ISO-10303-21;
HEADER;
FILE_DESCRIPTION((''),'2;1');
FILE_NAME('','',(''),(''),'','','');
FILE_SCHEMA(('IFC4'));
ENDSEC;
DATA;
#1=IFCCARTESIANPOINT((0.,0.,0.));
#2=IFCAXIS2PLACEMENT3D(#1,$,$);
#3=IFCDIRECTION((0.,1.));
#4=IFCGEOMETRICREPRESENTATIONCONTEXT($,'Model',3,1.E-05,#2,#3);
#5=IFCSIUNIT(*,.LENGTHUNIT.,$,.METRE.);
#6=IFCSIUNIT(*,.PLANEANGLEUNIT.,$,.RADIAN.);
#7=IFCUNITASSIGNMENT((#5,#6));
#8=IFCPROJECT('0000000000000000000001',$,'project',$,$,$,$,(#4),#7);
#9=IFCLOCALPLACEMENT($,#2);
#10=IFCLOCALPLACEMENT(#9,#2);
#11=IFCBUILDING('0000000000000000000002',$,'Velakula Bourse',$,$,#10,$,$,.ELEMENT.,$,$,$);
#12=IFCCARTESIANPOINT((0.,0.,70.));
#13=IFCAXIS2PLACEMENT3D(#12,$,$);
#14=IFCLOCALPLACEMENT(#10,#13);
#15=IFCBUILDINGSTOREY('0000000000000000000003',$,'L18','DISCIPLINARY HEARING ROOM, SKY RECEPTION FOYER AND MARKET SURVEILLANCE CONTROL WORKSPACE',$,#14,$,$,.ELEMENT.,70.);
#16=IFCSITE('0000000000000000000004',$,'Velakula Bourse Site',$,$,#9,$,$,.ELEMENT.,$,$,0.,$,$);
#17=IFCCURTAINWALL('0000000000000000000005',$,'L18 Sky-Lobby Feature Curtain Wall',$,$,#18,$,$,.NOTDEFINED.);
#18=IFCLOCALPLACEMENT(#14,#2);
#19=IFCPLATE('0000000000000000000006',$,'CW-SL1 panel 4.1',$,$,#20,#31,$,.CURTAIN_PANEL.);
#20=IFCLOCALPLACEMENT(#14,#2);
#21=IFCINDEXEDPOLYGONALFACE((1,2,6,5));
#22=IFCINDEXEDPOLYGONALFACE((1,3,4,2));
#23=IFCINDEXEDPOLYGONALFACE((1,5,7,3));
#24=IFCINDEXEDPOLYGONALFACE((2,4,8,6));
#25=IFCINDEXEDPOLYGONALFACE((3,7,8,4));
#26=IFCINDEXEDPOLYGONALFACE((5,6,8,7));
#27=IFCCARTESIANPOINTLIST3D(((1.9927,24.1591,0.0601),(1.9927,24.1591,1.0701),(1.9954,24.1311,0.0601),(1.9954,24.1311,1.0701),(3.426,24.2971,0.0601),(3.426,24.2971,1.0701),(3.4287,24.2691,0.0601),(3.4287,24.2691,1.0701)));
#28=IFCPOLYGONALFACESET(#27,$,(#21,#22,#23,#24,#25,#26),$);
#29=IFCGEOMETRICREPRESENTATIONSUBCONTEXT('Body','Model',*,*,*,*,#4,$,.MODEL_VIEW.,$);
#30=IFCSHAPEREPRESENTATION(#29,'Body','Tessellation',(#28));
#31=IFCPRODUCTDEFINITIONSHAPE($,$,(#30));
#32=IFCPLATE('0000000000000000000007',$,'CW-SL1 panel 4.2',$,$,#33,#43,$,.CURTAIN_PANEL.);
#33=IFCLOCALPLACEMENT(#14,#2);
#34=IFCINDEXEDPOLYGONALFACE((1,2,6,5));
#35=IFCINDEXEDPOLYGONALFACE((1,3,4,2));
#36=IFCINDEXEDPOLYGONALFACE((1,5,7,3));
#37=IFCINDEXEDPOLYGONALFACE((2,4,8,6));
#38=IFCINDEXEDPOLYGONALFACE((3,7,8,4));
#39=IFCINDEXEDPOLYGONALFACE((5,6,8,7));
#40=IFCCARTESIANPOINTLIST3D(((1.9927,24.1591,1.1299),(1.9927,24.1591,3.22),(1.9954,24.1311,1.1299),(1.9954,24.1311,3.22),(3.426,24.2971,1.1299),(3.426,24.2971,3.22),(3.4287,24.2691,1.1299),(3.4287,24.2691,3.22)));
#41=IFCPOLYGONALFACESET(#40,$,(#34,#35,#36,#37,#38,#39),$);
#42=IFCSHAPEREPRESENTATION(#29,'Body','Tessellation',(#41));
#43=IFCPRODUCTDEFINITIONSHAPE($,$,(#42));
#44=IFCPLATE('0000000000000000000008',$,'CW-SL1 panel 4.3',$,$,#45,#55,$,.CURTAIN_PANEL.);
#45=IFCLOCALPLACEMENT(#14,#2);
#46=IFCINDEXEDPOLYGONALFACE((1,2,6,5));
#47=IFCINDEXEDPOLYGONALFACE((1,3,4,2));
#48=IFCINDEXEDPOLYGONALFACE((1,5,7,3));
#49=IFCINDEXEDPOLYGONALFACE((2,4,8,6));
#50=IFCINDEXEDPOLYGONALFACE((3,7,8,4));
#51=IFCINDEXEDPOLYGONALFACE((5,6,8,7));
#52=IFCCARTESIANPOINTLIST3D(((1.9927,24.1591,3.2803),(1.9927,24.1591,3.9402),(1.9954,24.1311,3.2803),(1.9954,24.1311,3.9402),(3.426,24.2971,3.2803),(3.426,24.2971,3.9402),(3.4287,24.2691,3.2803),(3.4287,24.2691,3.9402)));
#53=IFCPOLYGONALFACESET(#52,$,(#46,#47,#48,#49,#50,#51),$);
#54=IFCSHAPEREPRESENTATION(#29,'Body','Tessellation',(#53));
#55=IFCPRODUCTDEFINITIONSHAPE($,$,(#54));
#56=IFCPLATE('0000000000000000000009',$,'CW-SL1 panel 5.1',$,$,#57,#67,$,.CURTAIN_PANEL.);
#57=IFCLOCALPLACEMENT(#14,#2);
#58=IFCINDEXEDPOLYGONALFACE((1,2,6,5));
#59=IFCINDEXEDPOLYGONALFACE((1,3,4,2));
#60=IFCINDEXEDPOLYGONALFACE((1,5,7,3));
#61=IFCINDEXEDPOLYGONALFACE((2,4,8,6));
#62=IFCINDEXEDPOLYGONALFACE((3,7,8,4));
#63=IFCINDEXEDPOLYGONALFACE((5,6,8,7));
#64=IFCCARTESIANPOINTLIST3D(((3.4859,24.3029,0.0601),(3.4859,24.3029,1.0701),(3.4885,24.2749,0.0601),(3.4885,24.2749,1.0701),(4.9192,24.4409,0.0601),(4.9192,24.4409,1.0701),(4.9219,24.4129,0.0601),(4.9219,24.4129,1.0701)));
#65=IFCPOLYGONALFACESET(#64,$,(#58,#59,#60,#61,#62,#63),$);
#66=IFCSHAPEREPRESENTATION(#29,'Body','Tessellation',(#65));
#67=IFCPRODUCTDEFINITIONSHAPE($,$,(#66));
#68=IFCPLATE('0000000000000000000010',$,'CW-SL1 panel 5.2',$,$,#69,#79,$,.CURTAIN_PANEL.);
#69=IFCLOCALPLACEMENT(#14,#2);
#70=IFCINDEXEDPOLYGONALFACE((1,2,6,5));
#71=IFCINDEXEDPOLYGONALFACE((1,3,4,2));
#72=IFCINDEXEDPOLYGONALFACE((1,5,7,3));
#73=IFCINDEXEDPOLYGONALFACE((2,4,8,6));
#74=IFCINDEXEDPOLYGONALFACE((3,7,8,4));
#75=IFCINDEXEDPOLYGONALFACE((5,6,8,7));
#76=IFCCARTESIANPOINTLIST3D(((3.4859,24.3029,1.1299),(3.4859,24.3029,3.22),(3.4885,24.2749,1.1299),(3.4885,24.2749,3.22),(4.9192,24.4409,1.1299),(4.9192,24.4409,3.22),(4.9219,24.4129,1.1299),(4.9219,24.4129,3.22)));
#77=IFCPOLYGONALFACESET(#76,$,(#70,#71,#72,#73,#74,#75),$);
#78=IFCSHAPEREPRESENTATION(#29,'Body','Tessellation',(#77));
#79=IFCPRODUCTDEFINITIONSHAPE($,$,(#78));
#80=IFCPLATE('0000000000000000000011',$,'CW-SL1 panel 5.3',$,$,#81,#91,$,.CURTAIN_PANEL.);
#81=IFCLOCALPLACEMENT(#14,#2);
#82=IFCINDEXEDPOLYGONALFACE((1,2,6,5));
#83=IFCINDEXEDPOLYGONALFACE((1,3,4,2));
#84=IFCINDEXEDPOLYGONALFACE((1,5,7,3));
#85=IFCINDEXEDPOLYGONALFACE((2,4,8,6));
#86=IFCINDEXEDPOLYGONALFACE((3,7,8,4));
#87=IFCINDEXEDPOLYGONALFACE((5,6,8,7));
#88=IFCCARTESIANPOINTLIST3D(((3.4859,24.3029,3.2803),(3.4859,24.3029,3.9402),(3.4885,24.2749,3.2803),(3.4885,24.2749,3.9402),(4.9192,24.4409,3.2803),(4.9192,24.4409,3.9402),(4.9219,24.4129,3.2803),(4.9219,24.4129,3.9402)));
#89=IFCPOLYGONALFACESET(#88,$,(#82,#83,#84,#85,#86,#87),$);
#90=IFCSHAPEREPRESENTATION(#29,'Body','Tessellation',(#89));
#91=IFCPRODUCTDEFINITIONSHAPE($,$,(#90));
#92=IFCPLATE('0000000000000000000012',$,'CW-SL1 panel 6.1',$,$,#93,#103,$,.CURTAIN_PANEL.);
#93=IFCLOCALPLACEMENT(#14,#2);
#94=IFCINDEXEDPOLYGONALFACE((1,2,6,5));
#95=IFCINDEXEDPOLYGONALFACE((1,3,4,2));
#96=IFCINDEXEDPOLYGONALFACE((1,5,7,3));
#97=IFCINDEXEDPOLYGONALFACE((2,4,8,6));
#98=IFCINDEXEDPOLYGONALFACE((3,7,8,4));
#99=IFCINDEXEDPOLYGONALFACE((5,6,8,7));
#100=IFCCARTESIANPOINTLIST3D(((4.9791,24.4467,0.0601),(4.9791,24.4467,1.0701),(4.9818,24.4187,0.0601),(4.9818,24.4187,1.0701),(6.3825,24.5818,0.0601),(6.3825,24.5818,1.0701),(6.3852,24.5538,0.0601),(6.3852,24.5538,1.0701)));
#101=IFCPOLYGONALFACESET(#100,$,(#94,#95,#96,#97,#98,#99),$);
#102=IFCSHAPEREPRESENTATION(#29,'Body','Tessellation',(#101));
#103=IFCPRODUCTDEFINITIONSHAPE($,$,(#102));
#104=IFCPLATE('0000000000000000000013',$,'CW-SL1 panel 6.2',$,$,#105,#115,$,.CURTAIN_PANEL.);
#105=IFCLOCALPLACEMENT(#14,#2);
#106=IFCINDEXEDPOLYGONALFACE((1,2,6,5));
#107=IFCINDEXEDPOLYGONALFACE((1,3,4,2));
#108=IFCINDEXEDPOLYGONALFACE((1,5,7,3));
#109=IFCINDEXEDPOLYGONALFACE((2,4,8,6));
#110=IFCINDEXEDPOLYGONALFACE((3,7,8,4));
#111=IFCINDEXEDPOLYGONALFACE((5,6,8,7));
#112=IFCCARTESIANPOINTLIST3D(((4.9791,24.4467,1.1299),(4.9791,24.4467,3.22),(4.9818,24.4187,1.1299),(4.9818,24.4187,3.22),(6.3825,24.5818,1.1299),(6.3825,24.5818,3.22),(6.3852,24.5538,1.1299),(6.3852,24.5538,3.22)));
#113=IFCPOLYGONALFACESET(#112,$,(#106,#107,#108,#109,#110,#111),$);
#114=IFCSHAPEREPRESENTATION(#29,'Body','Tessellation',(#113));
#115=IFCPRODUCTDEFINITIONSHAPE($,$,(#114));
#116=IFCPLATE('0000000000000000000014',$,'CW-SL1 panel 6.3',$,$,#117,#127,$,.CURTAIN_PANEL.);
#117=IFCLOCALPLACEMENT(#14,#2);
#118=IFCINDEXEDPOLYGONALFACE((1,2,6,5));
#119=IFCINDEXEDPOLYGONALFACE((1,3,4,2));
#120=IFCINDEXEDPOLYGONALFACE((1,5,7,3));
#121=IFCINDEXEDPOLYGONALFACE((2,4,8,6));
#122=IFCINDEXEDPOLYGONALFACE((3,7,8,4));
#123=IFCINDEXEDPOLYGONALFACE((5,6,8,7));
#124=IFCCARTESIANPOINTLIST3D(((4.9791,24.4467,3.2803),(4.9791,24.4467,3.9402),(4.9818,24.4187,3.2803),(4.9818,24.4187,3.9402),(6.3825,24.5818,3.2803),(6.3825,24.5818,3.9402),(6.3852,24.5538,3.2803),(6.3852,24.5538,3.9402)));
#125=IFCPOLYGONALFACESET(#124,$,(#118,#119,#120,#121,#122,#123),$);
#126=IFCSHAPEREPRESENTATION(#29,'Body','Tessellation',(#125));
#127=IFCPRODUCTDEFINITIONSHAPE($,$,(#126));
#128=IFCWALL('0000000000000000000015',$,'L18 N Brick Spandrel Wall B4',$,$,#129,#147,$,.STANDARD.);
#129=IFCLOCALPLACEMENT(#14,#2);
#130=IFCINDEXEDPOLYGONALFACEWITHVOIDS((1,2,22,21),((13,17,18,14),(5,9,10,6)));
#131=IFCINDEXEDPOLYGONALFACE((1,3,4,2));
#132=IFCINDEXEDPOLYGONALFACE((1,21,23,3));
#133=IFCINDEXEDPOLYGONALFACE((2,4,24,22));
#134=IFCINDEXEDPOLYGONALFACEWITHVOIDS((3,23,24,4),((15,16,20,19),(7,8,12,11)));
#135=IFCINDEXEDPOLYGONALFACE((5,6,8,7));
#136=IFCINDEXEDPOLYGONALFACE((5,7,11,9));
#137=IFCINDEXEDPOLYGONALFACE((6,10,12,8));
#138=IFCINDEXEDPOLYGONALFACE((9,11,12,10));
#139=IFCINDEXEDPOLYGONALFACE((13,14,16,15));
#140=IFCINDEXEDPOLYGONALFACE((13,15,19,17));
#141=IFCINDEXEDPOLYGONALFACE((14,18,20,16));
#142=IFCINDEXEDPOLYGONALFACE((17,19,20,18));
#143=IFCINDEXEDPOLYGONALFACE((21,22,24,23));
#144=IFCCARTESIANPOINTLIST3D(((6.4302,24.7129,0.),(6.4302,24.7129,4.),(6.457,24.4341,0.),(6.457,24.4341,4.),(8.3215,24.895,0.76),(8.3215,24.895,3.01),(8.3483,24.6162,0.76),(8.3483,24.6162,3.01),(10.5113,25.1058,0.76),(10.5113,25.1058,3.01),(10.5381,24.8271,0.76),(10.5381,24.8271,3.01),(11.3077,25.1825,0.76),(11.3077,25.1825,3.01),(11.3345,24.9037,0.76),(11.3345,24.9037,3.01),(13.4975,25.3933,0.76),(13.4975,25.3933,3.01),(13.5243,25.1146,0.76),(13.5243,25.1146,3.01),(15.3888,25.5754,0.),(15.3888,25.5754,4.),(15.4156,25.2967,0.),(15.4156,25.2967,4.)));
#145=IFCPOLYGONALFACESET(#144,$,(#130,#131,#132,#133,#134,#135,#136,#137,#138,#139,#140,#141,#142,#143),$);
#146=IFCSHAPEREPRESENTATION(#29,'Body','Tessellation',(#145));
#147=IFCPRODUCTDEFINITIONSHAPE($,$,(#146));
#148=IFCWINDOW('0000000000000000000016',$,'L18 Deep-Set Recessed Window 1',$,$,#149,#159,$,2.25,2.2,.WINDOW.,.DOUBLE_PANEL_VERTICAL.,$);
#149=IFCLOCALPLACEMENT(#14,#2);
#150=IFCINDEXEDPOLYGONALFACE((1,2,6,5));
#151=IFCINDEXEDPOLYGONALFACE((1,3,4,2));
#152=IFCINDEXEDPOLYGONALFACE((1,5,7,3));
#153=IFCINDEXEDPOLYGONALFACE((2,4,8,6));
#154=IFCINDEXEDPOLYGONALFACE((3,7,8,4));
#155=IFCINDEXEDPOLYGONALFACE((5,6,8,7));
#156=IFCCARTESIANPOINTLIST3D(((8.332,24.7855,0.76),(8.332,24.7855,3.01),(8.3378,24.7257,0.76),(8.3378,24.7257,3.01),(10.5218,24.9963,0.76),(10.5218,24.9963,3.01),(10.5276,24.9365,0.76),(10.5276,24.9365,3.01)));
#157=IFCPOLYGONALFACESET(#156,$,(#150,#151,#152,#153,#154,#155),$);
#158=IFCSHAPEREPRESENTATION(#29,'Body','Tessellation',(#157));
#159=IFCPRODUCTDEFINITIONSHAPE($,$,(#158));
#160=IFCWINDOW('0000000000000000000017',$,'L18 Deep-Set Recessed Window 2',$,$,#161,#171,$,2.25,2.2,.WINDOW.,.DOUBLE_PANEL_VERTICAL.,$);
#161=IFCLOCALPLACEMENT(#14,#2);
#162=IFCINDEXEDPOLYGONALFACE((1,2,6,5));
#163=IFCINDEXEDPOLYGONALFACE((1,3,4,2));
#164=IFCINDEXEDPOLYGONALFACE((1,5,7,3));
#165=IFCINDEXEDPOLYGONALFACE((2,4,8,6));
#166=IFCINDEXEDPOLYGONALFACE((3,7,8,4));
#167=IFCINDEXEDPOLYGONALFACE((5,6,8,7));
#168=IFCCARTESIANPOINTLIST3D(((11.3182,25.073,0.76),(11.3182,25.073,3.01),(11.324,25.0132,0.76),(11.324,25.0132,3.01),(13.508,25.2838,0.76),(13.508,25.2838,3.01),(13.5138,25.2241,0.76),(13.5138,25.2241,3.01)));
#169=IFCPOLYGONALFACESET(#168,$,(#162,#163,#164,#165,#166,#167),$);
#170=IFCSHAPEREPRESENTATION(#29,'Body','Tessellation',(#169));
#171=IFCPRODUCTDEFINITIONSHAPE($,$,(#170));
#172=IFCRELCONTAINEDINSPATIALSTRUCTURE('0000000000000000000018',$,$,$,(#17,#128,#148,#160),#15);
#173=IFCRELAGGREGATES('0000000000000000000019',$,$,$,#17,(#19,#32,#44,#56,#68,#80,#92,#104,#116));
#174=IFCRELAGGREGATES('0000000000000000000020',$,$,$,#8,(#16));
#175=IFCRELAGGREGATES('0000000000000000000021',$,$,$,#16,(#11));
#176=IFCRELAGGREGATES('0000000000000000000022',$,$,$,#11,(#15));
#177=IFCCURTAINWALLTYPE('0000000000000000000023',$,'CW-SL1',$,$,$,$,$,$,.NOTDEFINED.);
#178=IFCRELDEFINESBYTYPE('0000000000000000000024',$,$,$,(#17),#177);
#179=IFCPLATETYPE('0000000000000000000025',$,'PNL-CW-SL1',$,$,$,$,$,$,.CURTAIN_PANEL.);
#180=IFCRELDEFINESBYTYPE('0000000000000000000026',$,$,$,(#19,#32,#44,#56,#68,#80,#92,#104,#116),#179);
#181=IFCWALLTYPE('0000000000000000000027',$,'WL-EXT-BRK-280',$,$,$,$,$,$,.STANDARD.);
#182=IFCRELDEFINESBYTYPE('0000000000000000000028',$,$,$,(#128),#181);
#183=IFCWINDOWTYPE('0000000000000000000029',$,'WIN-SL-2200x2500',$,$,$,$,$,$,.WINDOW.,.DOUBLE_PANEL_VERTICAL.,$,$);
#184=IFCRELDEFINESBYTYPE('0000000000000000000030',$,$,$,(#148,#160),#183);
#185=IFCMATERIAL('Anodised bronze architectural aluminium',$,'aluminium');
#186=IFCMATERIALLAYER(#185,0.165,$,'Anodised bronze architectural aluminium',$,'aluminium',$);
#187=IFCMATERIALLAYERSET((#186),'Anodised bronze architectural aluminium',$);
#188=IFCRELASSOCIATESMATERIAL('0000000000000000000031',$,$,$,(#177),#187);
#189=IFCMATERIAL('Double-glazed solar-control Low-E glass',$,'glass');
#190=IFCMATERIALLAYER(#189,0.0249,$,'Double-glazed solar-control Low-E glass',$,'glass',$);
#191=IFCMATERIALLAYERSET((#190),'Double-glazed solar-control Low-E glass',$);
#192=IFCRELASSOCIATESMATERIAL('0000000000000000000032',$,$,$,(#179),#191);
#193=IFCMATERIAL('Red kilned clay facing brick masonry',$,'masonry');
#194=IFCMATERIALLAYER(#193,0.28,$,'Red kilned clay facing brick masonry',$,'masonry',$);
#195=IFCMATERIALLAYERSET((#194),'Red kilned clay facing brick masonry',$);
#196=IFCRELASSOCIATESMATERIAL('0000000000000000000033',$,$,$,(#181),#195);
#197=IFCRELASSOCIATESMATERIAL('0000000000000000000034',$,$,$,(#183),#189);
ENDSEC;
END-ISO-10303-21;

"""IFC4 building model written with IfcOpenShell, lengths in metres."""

from ifc_helpers import new_model, si_unit, direction, frame, frame_2d, origin, origin_2d, place, context, subcontext, project, spatial, rectangle, extrude, material, layer, layer_set, type_object, element, fill, aggregate, save


model = new_model("IFC4")

# Units and contexts
model_context = context("Model", 3, precision=1e-05, world=origin(), true_north=direction((0.0, 1.0)))
body_context = subcontext(model_context, "Body", "Model", "MODEL_VIEW")
ifc_project = project(units=[si_unit("LENGTHUNIT", "METRE"), si_unit("PLANEANGLEUNIT", "RADIAN")], contexts=[model_context])

# Site, building, storey
site_placement = place(None, origin())
site = spatial("IfcSite", under=ifc_project, at=site_placement, Name="Velakula Bourse Site", CompositionType="ELEMENT", RefElevation=0.0)
building_placement = place(site_placement, origin())
building = spatial("IfcBuilding", under=site, at=building_placement, Name="Velakula Bourse", CompositionType="ELEMENT")
storey_placement = place(building_placement, frame((0.0, 0.0, 70.0)))
storey = spatial("IfcBuildingStorey", under=building, at=storey_placement, Name="L18", Description="DISCIPLINARY HEARING ROOM, SKY RECEPTION FOYER AND MARKET SURVEILLANCE CONTROL WORKSPACE", CompositionType="ELEMENT", Elevation=70.0)

# Curtain wall, plates
ifc_material_1 = material(Name="Anodised bronze architectural aluminium", Category="aluminium")
ifc_layer_1 = layer(ifc_material_1, 0.165, Name="Anodised bronze architectural aluminium", Category="aluminium")
ifc_layer_set_1 = layer_set([ifc_layer_1], Name="Anodised bronze architectural aluminium")
curtain_wall_type = type_object("IfcCurtainWallType", Name="CW-SL1", PredefinedType="NOTDEFINED", material=ifc_layer_set_1)
curtain_wall_placement = place(storey_placement, origin())
curtain_wall = element("IfcCurtainWall", 1, at=curtain_wall_placement, inside=storey, type_object=curtain_wall_type, Name="L18 Sky-Lobby Feature Curtain Wall", PredefinedType="NOTDEFINED")
ifc_material_2 = material(Name="Double-glazed solar-control Low-E glass", Category="glass")
ifc_layer_2 = layer(ifc_material_2, 0.0249, Name="Double-glazed solar-control Low-E glass", Category="glass")
ifc_layer_set_2 = layer_set([ifc_layer_2], Name="Double-glazed solar-control Low-E glass")
plate_type = type_object("IfcPlateType", Name="PNL-CW-SL1", PredefinedType="CURTAIN_PANEL", material=ifc_layer_set_2)
plate_1_placement = place(storey_placement, frame((2.7107, 24.2141, 0.0601), z_axis=(0.0, 0.0, 1.0), x_axis=(0.995396, 0.095845, 0.0)))
plate_1 = element("IfcPlate", 2, at=plate_1_placement, type_object=plate_type, Name="CW-SL1 panel 4.1", PredefinedType="CURTAIN_PANEL", context=body_context, shape_type="SweptSolid", body=[
    extrude(rectangle(XDim=1.4399, YDim=0.0281, at=origin_2d()), origin(), (0.0, 0.0, 1.0), 1.01),
])
plate_2_placement = place(storey_placement, frame((2.7107, 24.2141, 1.1299), z_axis=(0.0, 0.0, 1.0), x_axis=(0.995396, 0.095845, 0.0)))
plate_2 = element("IfcPlate", 3, at=plate_2_placement, type_object=plate_type, Name="CW-SL1 panel 4.2", PredefinedType="CURTAIN_PANEL", context=body_context, shape_type="SweptSolid", body=[
    extrude(rectangle(XDim=1.4399, YDim=0.0281, at=origin_2d()), origin(), (0.0, 0.0, 1.0), 2.0901),
])
plate_3_placement = place(storey_placement, frame((2.7107, 24.2141, 3.2803), z_axis=(0.0, 0.0, 1.0), x_axis=(0.995396, 0.095845, 0.0)))
plate_3 = element("IfcPlate", 4, at=plate_3_placement, type_object=plate_type, Name="CW-SL1 panel 4.3", PredefinedType="CURTAIN_PANEL", context=body_context, shape_type="SweptSolid", body=[
    extrude(rectangle(XDim=1.4399, YDim=0.0281, at=origin_2d()), origin(), (0.0, 0.0, 1.0), 0.6599),
])
plate_4_placement = place(storey_placement, frame((4.2039, 24.3579, 0.0601), z_axis=(0.0, 0.0, 1.0), x_axis=(0.995396, 0.095845, 0.0)))
plate_4 = element("IfcPlate", 5, at=plate_4_placement, type_object=plate_type, Name="CW-SL1 panel 5.1", PredefinedType="CURTAIN_PANEL", context=body_context, shape_type="SweptSolid", body=[
    extrude(rectangle(XDim=1.4399, YDim=0.0281, at=origin_2d()), origin(), (0.0, 0.0, 1.0), 1.01),
])
plate_5_placement = place(storey_placement, frame((4.2039, 24.3579, 1.1299), z_axis=(0.0, 0.0, 1.0), x_axis=(0.995396, 0.095845, 0.0)))
plate_5 = element("IfcPlate", 6, at=plate_5_placement, type_object=plate_type, Name="CW-SL1 panel 5.2", PredefinedType="CURTAIN_PANEL", context=body_context, shape_type="SweptSolid", body=[
    extrude(rectangle(XDim=1.4399, YDim=0.0281, at=origin_2d()), origin(), (0.0, 0.0, 1.0), 2.0901),
])
plate_6_placement = place(storey_placement, frame((4.2039, 24.3579, 3.2803), z_axis=(0.0, 0.0, 1.0), x_axis=(0.995396, 0.095845, 0.0)))
plate_6 = element("IfcPlate", 7, at=plate_6_placement, type_object=plate_type, Name="CW-SL1 panel 5.3", PredefinedType="CURTAIN_PANEL", context=body_context, shape_type="SweptSolid", body=[
    extrude(rectangle(XDim=1.4399, YDim=0.0281, at=origin_2d()), origin(), (0.0, 0.0, 1.0), 0.6599),
])
plate_7_placement = place(storey_placement, frame((5.6821, 24.5002, 0.0601), z_axis=(0.0, 0.0, 1.0), x_axis=(0.995396, 0.095845, 0.0)))
plate_7 = element("IfcPlate", 8, at=plate_7_placement, type_object=plate_type, Name="CW-SL1 panel 6.1", PredefinedType="CURTAIN_PANEL", context=body_context, shape_type="SweptSolid", body=[
    extrude(rectangle(XDim=1.4099, YDim=0.0281, at=origin_2d()), origin(), (0.0, 0.0, 1.0), 1.01),
])
plate_8_placement = place(storey_placement, frame((5.6821, 24.5002, 1.1299), z_axis=(0.0, 0.0, 1.0), x_axis=(0.995396, 0.095845, 0.0)))
plate_8 = element("IfcPlate", 9, at=plate_8_placement, type_object=plate_type, Name="CW-SL1 panel 6.2", PredefinedType="CURTAIN_PANEL", context=body_context, shape_type="SweptSolid", body=[
    extrude(rectangle(XDim=1.4099, YDim=0.0281, at=origin_2d()), origin(), (0.0, 0.0, 1.0), 2.0901),
])
plate_9_placement = place(storey_placement, frame((5.6821, 24.5002, 3.2803), z_axis=(0.0, 0.0, 1.0), x_axis=(0.995396, 0.095845, 0.0)))
plate_9 = element("IfcPlate", 10, at=plate_9_placement, type_object=plate_type, Name="CW-SL1 panel 6.3", PredefinedType="CURTAIN_PANEL", context=body_context, shape_type="SweptSolid", body=[
    extrude(rectangle(XDim=1.4099, YDim=0.0281, at=origin_2d()), origin(), (0.0, 0.0, 1.0), 0.6599),
])
aggregate(curtain_wall, [plate_1, plate_2, plate_3, plate_4, plate_5, plate_6, plate_7, plate_8, plate_9])

# Wall, openings, windows
ifc_material_3 = material(Name="Red kilned clay facing brick masonry", Category="masonry")
ifc_layer_3 = layer(ifc_material_3, 0.28, Name="Red kilned clay facing brick masonry", Category="masonry")
ifc_layer_set_3 = layer_set([ifc_layer_3], Name="Red kilned clay facing brick masonry")
wall_type = type_object("IfcWallType", Name="WL-EXT-BRK-280", PredefinedType="STANDARD", material=ifc_layer_set_3)
wall_1_placement = place(storey_placement, frame((6.4436, 24.5735, 0.0), z_axis=(0.0, 0.0, 1.0), x_axis=(0.995397, 0.09584, 0.0)))
wall_1 = element("IfcWall", 11, at=wall_1_placement, inside=storey, type_object=wall_type, Name="L18 N Brick Spandrel Wall B4", PredefinedType="STANDARD", context=body_context, shape_type="SweptSolid", body=[
    extrude(rectangle(XDim=9.0, YDim=0.28, at=frame_2d((4.5, 0.0))), origin(), (0.0, 0.0, 1.0), 4.0),
])
opening_1_placement = place(wall_1_placement, frame((1.8999, 0.0, 0.76)))
opening_1 = element("IfcOpeningElement", 12, at=opening_1_placement, cuts=wall_1, PredefinedType="OPENING", context=body_context, shape_type="SweptSolid", body=[
    extrude(rectangle(XDim=2.2, YDim=2.25, at=frame_2d((1.1001, 1.125))), frame((0.0, 0.1499, 0.0), z_axis=(0.0, -1.0, 0.0), x_axis=(1.0, 0.0, 0.0)), (0.0, 0.0, 1.0), 0.3),
])
opening_2_placement = place(wall_1_placement, frame((4.8999, 0.0, 0.76)))
opening_2 = element("IfcOpeningElement", 13, at=opening_2_placement, cuts=wall_1, PredefinedType="OPENING", context=body_context, shape_type="SweptSolid", body=[
    extrude(rectangle(XDim=2.2, YDim=2.25, at=frame_2d((1.1001, 1.125))), frame((0.0, 0.1499, 0.0), z_axis=(0.0, -1.0, 0.0), x_axis=(1.0, 0.0, 0.0)), (0.0, 0.0, 1.0), 0.3),
])
window_type = type_object("IfcWindowType", Name="WIN-SL-2200x2500", PartitioningType="DOUBLE_PANEL_VERTICAL", PredefinedType="WINDOW", material=ifc_material_2)
window_1_placement = place(opening_1_placement, origin())
window_1 = element("IfcWindow", 14, at=window_1_placement, inside=storey, type_object=window_type, Name="L18 Deep-Set Recessed Window 1", OverallHeight=2.25, OverallWidth=2.2, PartitioningType="DOUBLE_PANEL_VERTICAL", PredefinedType="WINDOW", context=body_context, shape_type="SweptSolid", body=[
    extrude(rectangle(XDim=2.2, YDim=2.25, at=frame_2d((1.1001, 1.125))), frame((0.0, 0.03, 0.0), z_axis=(0.0, -1.0, 0.0), x_axis=(1.0, 0.0, 0.0)), (0.0, 0.0, 1.0), 0.0601),
])
fill(opening_1, window_1)
window_2_placement = place(opening_2_placement, origin())
window_2 = element("IfcWindow", 15, at=window_2_placement, inside=storey, type_object=window_type, Name="L18 Deep-Set Recessed Window 2", OverallHeight=2.25, OverallWidth=2.2, PartitioningType="DOUBLE_PANEL_VERTICAL", PredefinedType="WINDOW", context=body_context, shape_type="SweptSolid", body=[
    extrude(rectangle(XDim=2.2, YDim=2.25, at=frame_2d((1.1001, 1.125))), frame((0.0, 0.03, 0.0), z_axis=(0.0, -1.0, 0.0), x_axis=(1.0, 0.0, 0.0)), (0.0, 0.0, 1.0), 0.0601),
])
fill(opening_2, window_2)

save(model, "model.ifc")
